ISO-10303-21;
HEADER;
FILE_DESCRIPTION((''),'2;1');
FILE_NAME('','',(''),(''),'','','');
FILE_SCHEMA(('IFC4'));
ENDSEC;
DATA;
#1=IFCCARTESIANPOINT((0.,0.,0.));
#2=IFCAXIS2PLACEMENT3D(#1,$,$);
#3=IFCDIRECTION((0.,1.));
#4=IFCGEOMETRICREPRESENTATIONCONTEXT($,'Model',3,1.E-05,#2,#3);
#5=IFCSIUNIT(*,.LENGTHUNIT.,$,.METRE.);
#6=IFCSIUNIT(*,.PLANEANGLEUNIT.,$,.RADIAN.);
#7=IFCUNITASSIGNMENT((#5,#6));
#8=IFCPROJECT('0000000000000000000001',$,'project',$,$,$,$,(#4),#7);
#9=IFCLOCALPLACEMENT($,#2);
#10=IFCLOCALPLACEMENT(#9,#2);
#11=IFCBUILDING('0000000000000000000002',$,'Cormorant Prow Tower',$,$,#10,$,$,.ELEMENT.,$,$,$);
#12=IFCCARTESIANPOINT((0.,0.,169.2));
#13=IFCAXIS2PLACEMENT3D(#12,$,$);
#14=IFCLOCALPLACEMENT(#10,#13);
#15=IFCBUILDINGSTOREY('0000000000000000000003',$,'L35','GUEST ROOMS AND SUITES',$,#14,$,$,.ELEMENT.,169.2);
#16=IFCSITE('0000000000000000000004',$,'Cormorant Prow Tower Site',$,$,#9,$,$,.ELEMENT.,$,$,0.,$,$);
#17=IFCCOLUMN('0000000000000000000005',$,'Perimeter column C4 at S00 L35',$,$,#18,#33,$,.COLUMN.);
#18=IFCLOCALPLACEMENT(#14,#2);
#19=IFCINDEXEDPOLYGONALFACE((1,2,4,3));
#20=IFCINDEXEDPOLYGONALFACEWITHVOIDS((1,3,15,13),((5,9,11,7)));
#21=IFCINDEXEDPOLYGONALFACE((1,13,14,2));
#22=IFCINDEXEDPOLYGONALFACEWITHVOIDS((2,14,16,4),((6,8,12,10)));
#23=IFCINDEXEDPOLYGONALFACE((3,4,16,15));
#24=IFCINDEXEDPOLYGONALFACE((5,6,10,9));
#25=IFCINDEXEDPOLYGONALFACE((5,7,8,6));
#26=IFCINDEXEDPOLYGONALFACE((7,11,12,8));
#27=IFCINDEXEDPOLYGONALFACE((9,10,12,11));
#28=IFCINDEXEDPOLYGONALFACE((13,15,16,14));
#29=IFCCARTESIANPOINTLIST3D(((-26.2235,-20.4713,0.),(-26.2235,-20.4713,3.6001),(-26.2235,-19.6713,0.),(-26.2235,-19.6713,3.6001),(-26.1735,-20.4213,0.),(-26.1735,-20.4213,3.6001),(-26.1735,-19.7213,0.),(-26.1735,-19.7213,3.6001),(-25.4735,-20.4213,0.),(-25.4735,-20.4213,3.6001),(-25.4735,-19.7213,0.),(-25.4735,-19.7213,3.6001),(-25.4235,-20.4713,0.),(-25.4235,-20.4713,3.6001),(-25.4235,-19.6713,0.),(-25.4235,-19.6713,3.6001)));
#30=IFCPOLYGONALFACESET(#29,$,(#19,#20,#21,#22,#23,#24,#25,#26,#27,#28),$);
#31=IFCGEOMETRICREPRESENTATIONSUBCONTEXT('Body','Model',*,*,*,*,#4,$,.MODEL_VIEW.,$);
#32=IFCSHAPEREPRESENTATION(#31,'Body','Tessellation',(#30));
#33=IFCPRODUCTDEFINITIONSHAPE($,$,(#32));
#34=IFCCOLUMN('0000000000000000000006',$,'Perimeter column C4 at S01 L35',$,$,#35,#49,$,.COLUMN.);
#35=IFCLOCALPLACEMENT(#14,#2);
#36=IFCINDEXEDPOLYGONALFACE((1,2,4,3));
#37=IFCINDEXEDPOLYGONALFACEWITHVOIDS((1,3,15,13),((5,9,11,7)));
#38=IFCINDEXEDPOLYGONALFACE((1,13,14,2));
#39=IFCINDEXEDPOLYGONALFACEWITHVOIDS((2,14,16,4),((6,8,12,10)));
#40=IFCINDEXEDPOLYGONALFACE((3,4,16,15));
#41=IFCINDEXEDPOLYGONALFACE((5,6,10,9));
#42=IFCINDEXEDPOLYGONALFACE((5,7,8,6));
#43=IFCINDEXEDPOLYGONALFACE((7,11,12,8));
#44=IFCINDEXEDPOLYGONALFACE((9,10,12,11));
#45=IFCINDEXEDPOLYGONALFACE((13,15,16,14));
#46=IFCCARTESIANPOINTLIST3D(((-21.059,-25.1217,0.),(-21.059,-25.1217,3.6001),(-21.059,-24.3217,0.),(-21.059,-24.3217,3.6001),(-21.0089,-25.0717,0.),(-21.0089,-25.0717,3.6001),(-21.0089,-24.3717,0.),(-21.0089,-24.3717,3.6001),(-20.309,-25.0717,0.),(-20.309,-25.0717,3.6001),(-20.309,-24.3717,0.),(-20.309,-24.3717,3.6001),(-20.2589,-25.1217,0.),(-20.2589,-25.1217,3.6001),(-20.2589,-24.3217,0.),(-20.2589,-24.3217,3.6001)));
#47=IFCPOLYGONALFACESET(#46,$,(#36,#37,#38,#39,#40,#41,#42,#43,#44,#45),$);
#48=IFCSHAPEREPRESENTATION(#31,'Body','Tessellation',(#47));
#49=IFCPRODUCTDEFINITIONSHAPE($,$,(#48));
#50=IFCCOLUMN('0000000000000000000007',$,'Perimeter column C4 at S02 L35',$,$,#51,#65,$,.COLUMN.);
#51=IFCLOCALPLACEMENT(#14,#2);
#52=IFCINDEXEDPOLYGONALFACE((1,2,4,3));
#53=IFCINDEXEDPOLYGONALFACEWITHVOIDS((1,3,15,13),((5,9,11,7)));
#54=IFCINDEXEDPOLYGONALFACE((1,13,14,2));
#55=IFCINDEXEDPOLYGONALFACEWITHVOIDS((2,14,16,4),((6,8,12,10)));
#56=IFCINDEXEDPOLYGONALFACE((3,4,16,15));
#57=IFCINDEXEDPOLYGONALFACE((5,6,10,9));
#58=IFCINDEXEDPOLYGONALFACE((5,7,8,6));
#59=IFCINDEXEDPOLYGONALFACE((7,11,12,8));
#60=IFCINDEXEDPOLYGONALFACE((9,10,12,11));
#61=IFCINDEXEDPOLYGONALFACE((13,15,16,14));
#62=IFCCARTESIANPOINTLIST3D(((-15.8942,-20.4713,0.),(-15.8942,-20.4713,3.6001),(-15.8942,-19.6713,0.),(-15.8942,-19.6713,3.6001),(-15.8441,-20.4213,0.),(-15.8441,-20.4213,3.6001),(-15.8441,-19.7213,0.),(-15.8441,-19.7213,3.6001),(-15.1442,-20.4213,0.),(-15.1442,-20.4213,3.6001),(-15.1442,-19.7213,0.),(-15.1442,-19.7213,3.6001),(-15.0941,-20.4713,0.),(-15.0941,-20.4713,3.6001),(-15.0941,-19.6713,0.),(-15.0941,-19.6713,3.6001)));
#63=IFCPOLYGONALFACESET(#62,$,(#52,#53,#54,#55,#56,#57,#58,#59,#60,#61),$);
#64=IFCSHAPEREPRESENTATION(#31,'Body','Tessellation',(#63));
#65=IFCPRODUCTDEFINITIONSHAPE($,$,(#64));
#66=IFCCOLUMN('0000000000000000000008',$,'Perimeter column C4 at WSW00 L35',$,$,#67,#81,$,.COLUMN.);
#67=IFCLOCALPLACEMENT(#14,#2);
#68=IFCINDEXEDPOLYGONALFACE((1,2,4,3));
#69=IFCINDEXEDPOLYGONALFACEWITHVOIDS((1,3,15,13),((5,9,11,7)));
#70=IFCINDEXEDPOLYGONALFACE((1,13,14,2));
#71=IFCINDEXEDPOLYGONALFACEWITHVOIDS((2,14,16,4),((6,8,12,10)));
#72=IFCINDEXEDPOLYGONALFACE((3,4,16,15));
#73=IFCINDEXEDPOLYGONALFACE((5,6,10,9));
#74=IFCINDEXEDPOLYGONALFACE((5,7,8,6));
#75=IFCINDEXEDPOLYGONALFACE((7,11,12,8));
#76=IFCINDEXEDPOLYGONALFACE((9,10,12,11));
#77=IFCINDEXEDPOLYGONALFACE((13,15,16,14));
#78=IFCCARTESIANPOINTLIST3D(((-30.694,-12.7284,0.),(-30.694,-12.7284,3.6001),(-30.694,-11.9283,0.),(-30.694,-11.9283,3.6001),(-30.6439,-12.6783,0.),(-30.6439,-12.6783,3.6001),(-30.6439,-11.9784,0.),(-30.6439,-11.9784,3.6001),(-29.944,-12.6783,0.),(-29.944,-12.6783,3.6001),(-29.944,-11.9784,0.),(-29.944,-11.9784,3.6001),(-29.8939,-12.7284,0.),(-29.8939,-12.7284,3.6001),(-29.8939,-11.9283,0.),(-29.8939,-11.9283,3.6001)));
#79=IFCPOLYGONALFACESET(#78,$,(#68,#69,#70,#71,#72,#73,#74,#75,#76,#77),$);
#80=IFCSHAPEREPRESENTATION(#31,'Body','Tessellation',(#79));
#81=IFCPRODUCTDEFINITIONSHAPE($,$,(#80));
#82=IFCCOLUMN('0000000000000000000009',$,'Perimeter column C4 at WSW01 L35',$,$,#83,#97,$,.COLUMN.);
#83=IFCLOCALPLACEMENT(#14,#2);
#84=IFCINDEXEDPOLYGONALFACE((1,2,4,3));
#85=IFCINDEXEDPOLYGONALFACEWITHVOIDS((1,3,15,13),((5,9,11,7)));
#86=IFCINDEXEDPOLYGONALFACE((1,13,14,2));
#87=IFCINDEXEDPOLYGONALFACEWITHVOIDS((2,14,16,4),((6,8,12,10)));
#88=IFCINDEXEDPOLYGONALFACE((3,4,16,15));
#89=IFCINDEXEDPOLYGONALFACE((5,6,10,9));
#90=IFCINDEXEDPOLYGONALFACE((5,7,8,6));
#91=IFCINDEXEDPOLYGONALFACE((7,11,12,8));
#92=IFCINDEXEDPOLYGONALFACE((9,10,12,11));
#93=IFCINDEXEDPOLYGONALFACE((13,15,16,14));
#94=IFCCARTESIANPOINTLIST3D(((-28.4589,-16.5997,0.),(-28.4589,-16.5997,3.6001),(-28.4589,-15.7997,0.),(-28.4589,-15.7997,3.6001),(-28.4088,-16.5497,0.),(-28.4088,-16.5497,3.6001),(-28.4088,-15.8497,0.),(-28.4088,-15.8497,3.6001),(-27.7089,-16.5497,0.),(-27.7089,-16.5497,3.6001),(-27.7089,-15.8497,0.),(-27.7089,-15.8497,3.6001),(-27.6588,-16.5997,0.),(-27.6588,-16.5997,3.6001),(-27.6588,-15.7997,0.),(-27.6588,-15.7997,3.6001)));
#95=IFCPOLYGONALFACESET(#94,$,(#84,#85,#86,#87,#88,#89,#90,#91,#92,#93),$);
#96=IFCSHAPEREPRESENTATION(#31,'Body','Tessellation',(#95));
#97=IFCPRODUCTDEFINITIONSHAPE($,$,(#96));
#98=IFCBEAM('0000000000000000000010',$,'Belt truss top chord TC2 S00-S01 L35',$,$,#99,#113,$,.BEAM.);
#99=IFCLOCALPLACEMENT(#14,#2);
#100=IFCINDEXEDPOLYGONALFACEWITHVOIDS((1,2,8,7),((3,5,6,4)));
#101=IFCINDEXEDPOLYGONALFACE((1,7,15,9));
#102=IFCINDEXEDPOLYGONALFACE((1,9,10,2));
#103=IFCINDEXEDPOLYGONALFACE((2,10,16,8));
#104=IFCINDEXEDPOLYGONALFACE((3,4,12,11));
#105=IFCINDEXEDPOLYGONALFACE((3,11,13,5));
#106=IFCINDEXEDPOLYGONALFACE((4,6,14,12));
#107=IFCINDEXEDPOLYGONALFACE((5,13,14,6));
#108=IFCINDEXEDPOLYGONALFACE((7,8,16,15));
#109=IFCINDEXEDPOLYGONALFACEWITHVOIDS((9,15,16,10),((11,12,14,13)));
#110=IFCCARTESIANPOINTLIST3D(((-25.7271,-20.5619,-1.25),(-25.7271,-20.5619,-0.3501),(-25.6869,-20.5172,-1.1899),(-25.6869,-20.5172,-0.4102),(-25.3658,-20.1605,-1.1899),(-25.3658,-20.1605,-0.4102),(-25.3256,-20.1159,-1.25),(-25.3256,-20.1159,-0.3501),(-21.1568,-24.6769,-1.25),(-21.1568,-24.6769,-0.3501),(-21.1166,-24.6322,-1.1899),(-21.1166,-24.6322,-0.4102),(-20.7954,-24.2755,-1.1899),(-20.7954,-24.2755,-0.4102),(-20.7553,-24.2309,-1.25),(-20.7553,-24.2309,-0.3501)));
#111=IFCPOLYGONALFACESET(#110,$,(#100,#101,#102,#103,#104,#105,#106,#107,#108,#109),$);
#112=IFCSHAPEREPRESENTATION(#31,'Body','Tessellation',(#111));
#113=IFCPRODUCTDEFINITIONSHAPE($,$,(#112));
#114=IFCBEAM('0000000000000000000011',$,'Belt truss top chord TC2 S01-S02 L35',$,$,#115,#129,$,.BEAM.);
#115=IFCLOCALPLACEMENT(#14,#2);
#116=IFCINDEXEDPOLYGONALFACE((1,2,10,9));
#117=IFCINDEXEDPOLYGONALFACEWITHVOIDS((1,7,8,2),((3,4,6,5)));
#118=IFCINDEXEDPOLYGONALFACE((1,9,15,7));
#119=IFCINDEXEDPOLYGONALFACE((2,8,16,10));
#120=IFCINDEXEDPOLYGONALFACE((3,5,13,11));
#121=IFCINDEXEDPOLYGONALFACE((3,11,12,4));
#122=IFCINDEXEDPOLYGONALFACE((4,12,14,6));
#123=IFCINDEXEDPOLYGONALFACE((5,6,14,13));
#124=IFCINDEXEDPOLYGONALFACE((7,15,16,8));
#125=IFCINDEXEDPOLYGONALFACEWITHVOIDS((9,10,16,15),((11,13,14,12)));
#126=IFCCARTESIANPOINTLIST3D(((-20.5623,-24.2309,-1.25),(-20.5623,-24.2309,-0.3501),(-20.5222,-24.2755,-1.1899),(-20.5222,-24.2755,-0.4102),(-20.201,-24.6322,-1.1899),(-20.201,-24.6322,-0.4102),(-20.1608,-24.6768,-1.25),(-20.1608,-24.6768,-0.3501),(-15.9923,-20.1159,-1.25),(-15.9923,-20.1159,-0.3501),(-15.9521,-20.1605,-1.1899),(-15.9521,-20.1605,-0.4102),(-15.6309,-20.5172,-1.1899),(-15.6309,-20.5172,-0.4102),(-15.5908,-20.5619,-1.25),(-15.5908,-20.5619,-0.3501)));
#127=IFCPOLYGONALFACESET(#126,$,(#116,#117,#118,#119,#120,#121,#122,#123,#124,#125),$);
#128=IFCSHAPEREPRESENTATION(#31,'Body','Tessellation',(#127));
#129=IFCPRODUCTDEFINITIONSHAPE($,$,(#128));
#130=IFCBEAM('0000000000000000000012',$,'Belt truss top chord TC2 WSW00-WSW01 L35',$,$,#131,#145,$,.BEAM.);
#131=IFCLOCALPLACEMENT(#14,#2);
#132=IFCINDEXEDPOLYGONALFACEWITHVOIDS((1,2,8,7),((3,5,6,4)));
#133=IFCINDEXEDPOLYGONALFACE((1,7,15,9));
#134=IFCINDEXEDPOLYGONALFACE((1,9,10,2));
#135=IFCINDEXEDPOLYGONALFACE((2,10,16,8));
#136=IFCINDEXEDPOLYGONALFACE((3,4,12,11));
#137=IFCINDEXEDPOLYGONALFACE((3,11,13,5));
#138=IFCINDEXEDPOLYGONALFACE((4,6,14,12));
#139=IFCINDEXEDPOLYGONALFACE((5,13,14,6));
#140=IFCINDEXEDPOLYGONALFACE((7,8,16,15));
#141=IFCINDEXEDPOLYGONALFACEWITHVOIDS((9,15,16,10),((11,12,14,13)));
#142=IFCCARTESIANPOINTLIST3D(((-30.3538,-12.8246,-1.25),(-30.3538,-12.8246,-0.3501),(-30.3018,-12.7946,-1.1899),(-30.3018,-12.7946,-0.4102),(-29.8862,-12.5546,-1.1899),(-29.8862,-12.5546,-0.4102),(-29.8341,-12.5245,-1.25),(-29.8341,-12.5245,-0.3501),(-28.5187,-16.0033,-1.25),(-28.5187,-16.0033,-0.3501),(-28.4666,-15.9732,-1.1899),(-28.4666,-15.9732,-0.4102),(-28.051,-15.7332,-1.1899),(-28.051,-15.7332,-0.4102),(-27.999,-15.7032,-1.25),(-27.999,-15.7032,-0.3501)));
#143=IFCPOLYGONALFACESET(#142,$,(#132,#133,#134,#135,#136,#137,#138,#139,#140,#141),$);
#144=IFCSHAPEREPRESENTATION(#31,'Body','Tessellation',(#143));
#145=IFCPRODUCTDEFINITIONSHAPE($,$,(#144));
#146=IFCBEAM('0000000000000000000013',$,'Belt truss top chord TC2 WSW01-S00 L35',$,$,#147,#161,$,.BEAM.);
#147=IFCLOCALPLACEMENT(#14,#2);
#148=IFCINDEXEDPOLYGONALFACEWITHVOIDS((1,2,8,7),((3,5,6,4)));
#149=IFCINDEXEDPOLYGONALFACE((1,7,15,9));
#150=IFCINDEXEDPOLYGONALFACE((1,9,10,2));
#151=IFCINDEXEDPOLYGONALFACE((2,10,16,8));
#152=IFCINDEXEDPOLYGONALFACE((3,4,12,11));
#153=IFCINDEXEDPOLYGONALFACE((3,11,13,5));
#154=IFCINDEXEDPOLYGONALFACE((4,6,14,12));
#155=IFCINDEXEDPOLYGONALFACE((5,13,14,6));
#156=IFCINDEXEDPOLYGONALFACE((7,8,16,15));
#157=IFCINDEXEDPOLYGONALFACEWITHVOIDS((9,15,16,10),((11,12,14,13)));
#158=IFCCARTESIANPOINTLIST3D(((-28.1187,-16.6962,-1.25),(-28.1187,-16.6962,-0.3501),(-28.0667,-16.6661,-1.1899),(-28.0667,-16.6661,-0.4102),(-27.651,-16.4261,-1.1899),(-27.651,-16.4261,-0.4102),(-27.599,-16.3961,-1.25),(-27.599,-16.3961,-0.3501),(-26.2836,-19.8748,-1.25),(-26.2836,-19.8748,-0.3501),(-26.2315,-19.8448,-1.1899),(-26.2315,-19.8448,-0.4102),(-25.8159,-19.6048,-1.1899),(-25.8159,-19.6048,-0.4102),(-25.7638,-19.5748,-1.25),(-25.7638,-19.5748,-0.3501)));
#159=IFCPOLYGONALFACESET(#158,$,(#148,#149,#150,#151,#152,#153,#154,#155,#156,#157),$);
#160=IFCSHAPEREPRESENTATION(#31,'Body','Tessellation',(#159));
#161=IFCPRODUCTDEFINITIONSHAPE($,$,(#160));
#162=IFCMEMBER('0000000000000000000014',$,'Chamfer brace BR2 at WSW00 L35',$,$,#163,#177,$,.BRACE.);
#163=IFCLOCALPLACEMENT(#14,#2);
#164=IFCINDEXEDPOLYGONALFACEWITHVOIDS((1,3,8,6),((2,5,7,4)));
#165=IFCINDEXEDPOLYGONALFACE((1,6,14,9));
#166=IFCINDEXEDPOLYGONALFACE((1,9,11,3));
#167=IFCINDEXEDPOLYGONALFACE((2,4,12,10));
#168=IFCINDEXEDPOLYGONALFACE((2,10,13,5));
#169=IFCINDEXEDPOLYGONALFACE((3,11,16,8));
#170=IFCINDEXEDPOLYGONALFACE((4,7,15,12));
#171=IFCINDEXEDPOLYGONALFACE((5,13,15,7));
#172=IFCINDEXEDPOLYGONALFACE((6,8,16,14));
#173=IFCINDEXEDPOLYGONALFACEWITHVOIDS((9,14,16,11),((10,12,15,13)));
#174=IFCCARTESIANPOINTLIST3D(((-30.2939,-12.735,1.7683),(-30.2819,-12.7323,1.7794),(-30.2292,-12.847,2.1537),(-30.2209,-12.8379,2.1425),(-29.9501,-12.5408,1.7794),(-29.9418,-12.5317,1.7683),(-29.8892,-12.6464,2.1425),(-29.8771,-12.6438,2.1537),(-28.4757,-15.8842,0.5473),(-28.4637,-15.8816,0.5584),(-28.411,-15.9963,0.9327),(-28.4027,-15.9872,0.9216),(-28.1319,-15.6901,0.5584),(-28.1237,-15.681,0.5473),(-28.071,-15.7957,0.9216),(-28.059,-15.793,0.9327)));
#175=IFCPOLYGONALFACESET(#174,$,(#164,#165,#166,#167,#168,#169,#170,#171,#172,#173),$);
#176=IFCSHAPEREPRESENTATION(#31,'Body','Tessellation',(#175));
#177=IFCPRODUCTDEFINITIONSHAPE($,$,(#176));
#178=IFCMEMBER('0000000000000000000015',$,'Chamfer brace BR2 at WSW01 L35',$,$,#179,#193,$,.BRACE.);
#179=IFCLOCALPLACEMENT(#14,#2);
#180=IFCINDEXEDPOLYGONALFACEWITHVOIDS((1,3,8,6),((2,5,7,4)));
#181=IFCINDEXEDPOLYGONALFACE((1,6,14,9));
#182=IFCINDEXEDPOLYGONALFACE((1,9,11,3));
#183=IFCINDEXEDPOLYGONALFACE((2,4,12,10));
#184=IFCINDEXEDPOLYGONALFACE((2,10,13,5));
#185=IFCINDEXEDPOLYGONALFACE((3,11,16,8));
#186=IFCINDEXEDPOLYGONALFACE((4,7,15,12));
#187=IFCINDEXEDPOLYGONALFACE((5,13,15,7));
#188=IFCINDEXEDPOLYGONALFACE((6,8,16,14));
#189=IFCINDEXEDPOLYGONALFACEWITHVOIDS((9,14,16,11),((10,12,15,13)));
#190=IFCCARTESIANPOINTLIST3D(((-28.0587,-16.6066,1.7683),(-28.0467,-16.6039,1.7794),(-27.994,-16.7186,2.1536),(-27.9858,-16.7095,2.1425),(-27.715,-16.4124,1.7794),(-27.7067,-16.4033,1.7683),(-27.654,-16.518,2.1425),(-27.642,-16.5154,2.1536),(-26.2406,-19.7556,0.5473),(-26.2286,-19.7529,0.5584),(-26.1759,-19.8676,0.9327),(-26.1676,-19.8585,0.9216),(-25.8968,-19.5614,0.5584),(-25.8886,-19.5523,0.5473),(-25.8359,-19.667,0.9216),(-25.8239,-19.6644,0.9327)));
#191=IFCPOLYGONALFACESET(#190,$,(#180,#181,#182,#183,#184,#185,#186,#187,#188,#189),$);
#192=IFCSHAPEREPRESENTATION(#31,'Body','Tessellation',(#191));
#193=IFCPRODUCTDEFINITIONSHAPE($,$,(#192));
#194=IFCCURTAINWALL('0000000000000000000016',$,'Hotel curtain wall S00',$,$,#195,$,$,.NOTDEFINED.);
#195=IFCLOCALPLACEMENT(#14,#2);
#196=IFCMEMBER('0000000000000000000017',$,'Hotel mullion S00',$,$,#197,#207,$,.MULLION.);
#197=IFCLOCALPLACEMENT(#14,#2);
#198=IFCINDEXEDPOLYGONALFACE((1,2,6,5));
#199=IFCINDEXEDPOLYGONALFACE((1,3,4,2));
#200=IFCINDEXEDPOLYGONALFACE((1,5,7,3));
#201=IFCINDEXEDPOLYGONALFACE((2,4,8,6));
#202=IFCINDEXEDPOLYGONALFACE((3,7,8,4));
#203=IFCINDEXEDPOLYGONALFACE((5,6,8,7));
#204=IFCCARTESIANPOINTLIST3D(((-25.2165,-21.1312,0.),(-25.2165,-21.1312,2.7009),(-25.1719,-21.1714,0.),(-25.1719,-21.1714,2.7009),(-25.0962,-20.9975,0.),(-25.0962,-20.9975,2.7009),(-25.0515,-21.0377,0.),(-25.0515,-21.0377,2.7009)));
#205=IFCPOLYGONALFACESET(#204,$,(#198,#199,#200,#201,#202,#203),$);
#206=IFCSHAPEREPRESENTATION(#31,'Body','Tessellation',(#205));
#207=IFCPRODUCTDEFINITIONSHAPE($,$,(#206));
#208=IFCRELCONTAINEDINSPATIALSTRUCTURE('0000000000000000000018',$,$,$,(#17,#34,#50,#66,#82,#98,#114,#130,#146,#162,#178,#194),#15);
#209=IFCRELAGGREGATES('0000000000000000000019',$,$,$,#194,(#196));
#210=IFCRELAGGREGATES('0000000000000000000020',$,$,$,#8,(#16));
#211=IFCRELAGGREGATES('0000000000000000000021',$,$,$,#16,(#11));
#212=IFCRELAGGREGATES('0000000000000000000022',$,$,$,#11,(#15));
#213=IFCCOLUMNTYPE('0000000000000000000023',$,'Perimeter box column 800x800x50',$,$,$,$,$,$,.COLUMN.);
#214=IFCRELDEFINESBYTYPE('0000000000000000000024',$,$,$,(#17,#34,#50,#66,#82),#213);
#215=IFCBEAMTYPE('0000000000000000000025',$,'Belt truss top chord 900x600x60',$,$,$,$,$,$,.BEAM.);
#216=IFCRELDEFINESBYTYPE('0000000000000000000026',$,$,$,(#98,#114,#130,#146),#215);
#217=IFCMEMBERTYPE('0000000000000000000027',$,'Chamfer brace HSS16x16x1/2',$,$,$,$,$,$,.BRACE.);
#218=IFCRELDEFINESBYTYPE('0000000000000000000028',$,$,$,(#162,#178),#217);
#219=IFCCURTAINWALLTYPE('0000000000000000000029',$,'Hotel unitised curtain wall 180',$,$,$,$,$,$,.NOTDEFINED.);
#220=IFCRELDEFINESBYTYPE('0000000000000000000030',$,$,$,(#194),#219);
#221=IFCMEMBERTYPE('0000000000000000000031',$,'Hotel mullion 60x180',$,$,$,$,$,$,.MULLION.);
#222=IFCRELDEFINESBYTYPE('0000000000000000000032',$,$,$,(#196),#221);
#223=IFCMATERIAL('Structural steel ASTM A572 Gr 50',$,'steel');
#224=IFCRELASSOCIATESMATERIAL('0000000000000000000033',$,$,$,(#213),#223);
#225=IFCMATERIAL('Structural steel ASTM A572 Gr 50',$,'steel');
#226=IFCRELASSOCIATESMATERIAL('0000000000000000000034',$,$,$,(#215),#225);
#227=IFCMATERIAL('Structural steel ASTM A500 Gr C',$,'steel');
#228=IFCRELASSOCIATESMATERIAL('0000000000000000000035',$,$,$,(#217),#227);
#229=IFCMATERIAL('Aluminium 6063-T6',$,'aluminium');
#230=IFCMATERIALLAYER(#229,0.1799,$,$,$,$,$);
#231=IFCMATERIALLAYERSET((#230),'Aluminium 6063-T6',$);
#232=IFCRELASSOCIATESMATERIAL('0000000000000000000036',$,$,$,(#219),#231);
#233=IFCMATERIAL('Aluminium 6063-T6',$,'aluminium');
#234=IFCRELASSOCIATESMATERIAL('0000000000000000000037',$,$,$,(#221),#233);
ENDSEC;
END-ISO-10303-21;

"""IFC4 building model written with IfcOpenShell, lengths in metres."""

from ifc_helpers import new_model, si_unit, direction, frame, origin, origin_2d, place, context, subcontext, project, spatial, rectangle, hollow_rectangle, extrude, material, layer, layer_set, material_profile, profile_set, type_object, element, aggregate, save


model = new_model("IFC4")

# Units and contexts
model_context = context("Model", 3, precision=1e-05, world=origin(), true_north=direction((0.0, 1.0)))
body_context = subcontext(model_context, "Body", "Model", "MODEL_VIEW")
ifc_project = project(units=[si_unit("LENGTHUNIT", "METRE"), si_unit("PLANEANGLEUNIT", "RADIAN")], contexts=[model_context])

# Site, building, storey
site_placement = place(None, origin())
site = spatial("IfcSite", under=ifc_project, at=site_placement, Name="Cormorant Prow Tower Site", CompositionType="ELEMENT", RefElevation=0.0)
building_placement = place(site_placement, origin())
building = spatial("IfcBuilding", under=site, at=building_placement, Name="Cormorant Prow Tower", CompositionType="ELEMENT")
storey_placement = place(building_placement, frame((0.0, 0.0, 169.2)))
storey = spatial("IfcBuildingStorey", under=building, at=storey_placement, Name="L35", Description="GUEST ROOMS AND SUITES", CompositionType="ELEMENT", Elevation=169.2)

# Columns
ifc_material_1 = material(Name="Structural steel ASTM A572 Gr 50", Category="steel")
ifc_material_profile_1 = material_profile(ifc_material_1, hollow_rectangle(XDim=0.8, YDim=0.8, WallThickness=0.05, at=origin_2d()), Name="Box 800x800x50")
ifc_profile_set_1 = profile_set([ifc_material_profile_1], Name="Structural steel ASTM A572 Gr 50")
column_type = type_object("IfcColumnType", Name="Perimeter box column 800x800x50", PredefinedType="COLUMN", material=ifc_profile_set_1)
for number, where, z_axis, x_axis, name in (
    (1, (-25.8235, -20.0713, 0.0), (0.0, 0.0, 1.0), (1.0, 0.0, 0.0), "Perimeter column C4 at S00 L35"),
    (2, (-20.6589, -24.7217, 0.0), (0.0, 0.0, 1.0), (1.0, 0.0, 0.0), "Perimeter column C4 at S01 L35"),
    (3, (-15.4941, -20.0713, 0.0), (0.0, 0.0, 1.0), (1.0, 0.0, 0.0), "Perimeter column C4 at S02 L35"),
    (4, (-30.2939, -12.3284, 0.0), (0.0, 0.0, 1.0), (1.0, 0.0, 0.0), "Perimeter column C4 at WSW00 L35"),
    (5, (-28.0588, -16.1997, 0.0), (0.0, 0.0, 1.0), (1.0, 0.0, 0.0), "Perimeter column C4 at WSW01 L35"),
):
    element("IfcColumn", number, at=place(storey_placement, frame(where, z_axis=z_axis, x_axis=x_axis)), inside=storey, type_object=column_type, Name=name, PredefinedType="COLUMN", context=body_context, shape_type="SweptSolid", body=[
        extrude(hollow_rectangle(XDim=0.8, YDim=0.8, WallThickness=0.05, at=origin_2d()), origin(), (0.0, 0.0, 1.0), 3.6001),
    ])

# Beams
ifc_material_2 = material(Name="Structural steel ASTM A572 Gr 50", Category="steel")
ifc_material_profile_2 = material_profile(ifc_material_2, hollow_rectangle(XDim=0.6001, YDim=0.8999, WallThickness=0.0601, at=origin_2d()), Name="Box 900x600x60")
ifc_profile_set_2 = profile_set([ifc_material_profile_2], Name="Structural steel ASTM A572 Gr 50")
beam_type = type_object("IfcBeamType", Name="Belt truss top chord 900x600x60", PredefinedType="BEAM", material=ifc_profile_set_2)
beam_1_placement = place(storey_placement, frame((-25.5264, -20.3389, -0.8), z_axis=(0.743156, -0.669118, 0.0), x_axis=(0.669118, 0.743156, 0.0)))
element("IfcBeam", 6, at=beam_1_placement, inside=storey, type_object=beam_type, Name="Belt truss top chord TC2 S00-S01 L35", PredefinedType="BEAM", context=body_context, shape_type="SweptSolid", body=[
    extrude(hollow_rectangle(XDim=0.6001, YDim=0.8999, WallThickness=0.0601, at=origin_2d()), origin(), (0.0, 0.0, 1.0), 6.1499),
])
beam_2_placement = place(storey_placement, frame((-20.3616, -24.4539, -0.8), z_axis=(0.743138, 0.669138, 0.0), x_axis=(-0.669138, 0.743138, 0.0)))
element("IfcBeam", 7, at=beam_2_placement, inside=storey, type_object=beam_type, Name="Belt truss top chord TC2 S01-S02 L35", PredefinedType="BEAM", context=body_context, shape_type="SweptSolid", body=[
    extrude(hollow_rectangle(XDim=0.6001, YDim=0.8999, WallThickness=0.0601, at=origin_2d()), origin(), (0.0, 0.0, 1.0), 6.1497),
])
for number, where, z_axis, x_axis, name in (
    (8, (-30.094, -12.6746, -0.8), (0.499995, -0.866028, 0.0), (0.866028, 0.499995, 0.0), "Belt truss top chord TC2 WSW00-WSW01 L35"),
    (9, (-27.8589, -16.5461, -0.8), (0.499995, -0.866028, 0.0), (0.866028, 0.499995, 0.0), "Belt truss top chord TC2 WSW01-S00 L35"),
):
    element("IfcBeam", number, at=place(storey_placement, frame(where, z_axis=z_axis, x_axis=x_axis)), inside=storey, type_object=beam_type, Name=name, PredefinedType="BEAM", context=body_context, shape_type="SweptSolid", body=[
        extrude(hollow_rectangle(XDim=0.6001, YDim=0.8999, WallThickness=0.0601, at=origin_2d()), origin(), (0.0, 0.0, 1.0), 3.6704),
    ])

# Members
ifc_material_3 = material(Name="Structural steel ASTM A500 Gr C", Category="steel")
ifc_material_profile_3 = material_profile(ifc_material_3, hollow_rectangle(XDim=0.4065, YDim=0.4065, WallThickness=0.0117, at=origin_2d()), Name="HSS16x16x1/2")
ifc_profile_set_3 = profile_set([ifc_material_profile_3], Name="Structural steel ASTM A500 Gr C")
member_type_1 = type_object("IfcMemberType", Name="Chamfer brace HSS16x16x1/2", PredefinedType="BRACE", material=ifc_profile_set_3)
member_1_placement = place(storey_placement, frame((-28.2673, -15.8386, 0.74), z_axis=(-0.473983, 0.82099, 0.318301), x_axis=(-0.866032, -0.499988, 0.0)))
element("IfcMember", 10, at=member_1_placement, inside=storey, type_object=member_type_1, Name="Chamfer brace BR2 at WSW00 L35", PredefinedType="BRACE", context=body_context, shape_type="SweptSolid", body=[
    extrude(hollow_rectangle(XDim=0.4065, YDim=0.4065, WallThickness=0.0117, at=origin_2d()), origin(), (0.0, 0.0, 1.0), 3.8359),
])
member_2_placement = place(storey_placement, frame((-26.0322, -19.71, 0.74), z_axis=(-0.474008, 0.820969, 0.318318), x_axis=(-0.866016, -0.500017, 0.0)))
element("IfcMember", 11, at=member_2_placement, inside=storey, type_object=member_type_1, Name="Chamfer brace BR2 at WSW01 L35", PredefinedType="BRACE", context=body_context, shape_type="SweptSolid", body=[
    extrude(hollow_rectangle(XDim=0.4065, YDim=0.4065, WallThickness=0.0117, at=origin_2d()), origin(), (0.0, 0.0, 1.0), 3.8357),
])

# Curtain wall, member
ifc_material_4 = material(Name="Aluminium 6063-T6", Category="aluminium")
ifc_layer_1 = layer(ifc_material_4, 0.1799)
ifc_layer_set_1 = layer_set([ifc_layer_1], Name="Aluminium 6063-T6")
curtain_wall_type = type_object("IfcCurtainWallType", Name="Hotel unitised curtain wall 180", PredefinedType="NOTDEFINED", material=ifc_layer_set_1)
curtain_wall_placement = place(storey_placement, origin())
curtain_wall = element("IfcCurtainWall", 12, at=curtain_wall_placement, inside=storey, type_object=curtain_wall_type, Name="Hotel curtain wall S00", PredefinedType="NOTDEFINED")
ifc_material_5 = material(Name="Aluminium 6063-T6", Category="aluminium")
ifc_material_profile_4 = material_profile(ifc_material_5, rectangle(XDim=0.1799, YDim=0.0601, at=origin_2d()), Name="Hotel mullion 60x180")
ifc_profile_set_4 = profile_set([ifc_material_profile_4], Name="Aluminium 6063-T6")
member_type_2 = type_object("IfcMemberType", Name="Hotel mullion 60x180", PredefinedType="MULLION", material=ifc_profile_set_4)
member_3_placement = place(storey_placement, frame((-25.134, -21.0845, 0.0), z_axis=(0.0, 0.0, 1.0), x_axis=(0.66913, 0.743145, 0.0)))
member_3 = element("IfcMember", 13, at=member_3_placement, type_object=member_type_2, Name="Hotel mullion S00", PredefinedType="MULLION", context=body_context, shape_type="SweptSolid", body=[
    extrude(rectangle(XDim=0.1799, YDim=0.0601, at=origin_2d()), origin(), (0.0, 0.0, 1.0), 2.7009),
])
aggregate(curtain_wall, [member_3])

save(model, "model.ifc")
